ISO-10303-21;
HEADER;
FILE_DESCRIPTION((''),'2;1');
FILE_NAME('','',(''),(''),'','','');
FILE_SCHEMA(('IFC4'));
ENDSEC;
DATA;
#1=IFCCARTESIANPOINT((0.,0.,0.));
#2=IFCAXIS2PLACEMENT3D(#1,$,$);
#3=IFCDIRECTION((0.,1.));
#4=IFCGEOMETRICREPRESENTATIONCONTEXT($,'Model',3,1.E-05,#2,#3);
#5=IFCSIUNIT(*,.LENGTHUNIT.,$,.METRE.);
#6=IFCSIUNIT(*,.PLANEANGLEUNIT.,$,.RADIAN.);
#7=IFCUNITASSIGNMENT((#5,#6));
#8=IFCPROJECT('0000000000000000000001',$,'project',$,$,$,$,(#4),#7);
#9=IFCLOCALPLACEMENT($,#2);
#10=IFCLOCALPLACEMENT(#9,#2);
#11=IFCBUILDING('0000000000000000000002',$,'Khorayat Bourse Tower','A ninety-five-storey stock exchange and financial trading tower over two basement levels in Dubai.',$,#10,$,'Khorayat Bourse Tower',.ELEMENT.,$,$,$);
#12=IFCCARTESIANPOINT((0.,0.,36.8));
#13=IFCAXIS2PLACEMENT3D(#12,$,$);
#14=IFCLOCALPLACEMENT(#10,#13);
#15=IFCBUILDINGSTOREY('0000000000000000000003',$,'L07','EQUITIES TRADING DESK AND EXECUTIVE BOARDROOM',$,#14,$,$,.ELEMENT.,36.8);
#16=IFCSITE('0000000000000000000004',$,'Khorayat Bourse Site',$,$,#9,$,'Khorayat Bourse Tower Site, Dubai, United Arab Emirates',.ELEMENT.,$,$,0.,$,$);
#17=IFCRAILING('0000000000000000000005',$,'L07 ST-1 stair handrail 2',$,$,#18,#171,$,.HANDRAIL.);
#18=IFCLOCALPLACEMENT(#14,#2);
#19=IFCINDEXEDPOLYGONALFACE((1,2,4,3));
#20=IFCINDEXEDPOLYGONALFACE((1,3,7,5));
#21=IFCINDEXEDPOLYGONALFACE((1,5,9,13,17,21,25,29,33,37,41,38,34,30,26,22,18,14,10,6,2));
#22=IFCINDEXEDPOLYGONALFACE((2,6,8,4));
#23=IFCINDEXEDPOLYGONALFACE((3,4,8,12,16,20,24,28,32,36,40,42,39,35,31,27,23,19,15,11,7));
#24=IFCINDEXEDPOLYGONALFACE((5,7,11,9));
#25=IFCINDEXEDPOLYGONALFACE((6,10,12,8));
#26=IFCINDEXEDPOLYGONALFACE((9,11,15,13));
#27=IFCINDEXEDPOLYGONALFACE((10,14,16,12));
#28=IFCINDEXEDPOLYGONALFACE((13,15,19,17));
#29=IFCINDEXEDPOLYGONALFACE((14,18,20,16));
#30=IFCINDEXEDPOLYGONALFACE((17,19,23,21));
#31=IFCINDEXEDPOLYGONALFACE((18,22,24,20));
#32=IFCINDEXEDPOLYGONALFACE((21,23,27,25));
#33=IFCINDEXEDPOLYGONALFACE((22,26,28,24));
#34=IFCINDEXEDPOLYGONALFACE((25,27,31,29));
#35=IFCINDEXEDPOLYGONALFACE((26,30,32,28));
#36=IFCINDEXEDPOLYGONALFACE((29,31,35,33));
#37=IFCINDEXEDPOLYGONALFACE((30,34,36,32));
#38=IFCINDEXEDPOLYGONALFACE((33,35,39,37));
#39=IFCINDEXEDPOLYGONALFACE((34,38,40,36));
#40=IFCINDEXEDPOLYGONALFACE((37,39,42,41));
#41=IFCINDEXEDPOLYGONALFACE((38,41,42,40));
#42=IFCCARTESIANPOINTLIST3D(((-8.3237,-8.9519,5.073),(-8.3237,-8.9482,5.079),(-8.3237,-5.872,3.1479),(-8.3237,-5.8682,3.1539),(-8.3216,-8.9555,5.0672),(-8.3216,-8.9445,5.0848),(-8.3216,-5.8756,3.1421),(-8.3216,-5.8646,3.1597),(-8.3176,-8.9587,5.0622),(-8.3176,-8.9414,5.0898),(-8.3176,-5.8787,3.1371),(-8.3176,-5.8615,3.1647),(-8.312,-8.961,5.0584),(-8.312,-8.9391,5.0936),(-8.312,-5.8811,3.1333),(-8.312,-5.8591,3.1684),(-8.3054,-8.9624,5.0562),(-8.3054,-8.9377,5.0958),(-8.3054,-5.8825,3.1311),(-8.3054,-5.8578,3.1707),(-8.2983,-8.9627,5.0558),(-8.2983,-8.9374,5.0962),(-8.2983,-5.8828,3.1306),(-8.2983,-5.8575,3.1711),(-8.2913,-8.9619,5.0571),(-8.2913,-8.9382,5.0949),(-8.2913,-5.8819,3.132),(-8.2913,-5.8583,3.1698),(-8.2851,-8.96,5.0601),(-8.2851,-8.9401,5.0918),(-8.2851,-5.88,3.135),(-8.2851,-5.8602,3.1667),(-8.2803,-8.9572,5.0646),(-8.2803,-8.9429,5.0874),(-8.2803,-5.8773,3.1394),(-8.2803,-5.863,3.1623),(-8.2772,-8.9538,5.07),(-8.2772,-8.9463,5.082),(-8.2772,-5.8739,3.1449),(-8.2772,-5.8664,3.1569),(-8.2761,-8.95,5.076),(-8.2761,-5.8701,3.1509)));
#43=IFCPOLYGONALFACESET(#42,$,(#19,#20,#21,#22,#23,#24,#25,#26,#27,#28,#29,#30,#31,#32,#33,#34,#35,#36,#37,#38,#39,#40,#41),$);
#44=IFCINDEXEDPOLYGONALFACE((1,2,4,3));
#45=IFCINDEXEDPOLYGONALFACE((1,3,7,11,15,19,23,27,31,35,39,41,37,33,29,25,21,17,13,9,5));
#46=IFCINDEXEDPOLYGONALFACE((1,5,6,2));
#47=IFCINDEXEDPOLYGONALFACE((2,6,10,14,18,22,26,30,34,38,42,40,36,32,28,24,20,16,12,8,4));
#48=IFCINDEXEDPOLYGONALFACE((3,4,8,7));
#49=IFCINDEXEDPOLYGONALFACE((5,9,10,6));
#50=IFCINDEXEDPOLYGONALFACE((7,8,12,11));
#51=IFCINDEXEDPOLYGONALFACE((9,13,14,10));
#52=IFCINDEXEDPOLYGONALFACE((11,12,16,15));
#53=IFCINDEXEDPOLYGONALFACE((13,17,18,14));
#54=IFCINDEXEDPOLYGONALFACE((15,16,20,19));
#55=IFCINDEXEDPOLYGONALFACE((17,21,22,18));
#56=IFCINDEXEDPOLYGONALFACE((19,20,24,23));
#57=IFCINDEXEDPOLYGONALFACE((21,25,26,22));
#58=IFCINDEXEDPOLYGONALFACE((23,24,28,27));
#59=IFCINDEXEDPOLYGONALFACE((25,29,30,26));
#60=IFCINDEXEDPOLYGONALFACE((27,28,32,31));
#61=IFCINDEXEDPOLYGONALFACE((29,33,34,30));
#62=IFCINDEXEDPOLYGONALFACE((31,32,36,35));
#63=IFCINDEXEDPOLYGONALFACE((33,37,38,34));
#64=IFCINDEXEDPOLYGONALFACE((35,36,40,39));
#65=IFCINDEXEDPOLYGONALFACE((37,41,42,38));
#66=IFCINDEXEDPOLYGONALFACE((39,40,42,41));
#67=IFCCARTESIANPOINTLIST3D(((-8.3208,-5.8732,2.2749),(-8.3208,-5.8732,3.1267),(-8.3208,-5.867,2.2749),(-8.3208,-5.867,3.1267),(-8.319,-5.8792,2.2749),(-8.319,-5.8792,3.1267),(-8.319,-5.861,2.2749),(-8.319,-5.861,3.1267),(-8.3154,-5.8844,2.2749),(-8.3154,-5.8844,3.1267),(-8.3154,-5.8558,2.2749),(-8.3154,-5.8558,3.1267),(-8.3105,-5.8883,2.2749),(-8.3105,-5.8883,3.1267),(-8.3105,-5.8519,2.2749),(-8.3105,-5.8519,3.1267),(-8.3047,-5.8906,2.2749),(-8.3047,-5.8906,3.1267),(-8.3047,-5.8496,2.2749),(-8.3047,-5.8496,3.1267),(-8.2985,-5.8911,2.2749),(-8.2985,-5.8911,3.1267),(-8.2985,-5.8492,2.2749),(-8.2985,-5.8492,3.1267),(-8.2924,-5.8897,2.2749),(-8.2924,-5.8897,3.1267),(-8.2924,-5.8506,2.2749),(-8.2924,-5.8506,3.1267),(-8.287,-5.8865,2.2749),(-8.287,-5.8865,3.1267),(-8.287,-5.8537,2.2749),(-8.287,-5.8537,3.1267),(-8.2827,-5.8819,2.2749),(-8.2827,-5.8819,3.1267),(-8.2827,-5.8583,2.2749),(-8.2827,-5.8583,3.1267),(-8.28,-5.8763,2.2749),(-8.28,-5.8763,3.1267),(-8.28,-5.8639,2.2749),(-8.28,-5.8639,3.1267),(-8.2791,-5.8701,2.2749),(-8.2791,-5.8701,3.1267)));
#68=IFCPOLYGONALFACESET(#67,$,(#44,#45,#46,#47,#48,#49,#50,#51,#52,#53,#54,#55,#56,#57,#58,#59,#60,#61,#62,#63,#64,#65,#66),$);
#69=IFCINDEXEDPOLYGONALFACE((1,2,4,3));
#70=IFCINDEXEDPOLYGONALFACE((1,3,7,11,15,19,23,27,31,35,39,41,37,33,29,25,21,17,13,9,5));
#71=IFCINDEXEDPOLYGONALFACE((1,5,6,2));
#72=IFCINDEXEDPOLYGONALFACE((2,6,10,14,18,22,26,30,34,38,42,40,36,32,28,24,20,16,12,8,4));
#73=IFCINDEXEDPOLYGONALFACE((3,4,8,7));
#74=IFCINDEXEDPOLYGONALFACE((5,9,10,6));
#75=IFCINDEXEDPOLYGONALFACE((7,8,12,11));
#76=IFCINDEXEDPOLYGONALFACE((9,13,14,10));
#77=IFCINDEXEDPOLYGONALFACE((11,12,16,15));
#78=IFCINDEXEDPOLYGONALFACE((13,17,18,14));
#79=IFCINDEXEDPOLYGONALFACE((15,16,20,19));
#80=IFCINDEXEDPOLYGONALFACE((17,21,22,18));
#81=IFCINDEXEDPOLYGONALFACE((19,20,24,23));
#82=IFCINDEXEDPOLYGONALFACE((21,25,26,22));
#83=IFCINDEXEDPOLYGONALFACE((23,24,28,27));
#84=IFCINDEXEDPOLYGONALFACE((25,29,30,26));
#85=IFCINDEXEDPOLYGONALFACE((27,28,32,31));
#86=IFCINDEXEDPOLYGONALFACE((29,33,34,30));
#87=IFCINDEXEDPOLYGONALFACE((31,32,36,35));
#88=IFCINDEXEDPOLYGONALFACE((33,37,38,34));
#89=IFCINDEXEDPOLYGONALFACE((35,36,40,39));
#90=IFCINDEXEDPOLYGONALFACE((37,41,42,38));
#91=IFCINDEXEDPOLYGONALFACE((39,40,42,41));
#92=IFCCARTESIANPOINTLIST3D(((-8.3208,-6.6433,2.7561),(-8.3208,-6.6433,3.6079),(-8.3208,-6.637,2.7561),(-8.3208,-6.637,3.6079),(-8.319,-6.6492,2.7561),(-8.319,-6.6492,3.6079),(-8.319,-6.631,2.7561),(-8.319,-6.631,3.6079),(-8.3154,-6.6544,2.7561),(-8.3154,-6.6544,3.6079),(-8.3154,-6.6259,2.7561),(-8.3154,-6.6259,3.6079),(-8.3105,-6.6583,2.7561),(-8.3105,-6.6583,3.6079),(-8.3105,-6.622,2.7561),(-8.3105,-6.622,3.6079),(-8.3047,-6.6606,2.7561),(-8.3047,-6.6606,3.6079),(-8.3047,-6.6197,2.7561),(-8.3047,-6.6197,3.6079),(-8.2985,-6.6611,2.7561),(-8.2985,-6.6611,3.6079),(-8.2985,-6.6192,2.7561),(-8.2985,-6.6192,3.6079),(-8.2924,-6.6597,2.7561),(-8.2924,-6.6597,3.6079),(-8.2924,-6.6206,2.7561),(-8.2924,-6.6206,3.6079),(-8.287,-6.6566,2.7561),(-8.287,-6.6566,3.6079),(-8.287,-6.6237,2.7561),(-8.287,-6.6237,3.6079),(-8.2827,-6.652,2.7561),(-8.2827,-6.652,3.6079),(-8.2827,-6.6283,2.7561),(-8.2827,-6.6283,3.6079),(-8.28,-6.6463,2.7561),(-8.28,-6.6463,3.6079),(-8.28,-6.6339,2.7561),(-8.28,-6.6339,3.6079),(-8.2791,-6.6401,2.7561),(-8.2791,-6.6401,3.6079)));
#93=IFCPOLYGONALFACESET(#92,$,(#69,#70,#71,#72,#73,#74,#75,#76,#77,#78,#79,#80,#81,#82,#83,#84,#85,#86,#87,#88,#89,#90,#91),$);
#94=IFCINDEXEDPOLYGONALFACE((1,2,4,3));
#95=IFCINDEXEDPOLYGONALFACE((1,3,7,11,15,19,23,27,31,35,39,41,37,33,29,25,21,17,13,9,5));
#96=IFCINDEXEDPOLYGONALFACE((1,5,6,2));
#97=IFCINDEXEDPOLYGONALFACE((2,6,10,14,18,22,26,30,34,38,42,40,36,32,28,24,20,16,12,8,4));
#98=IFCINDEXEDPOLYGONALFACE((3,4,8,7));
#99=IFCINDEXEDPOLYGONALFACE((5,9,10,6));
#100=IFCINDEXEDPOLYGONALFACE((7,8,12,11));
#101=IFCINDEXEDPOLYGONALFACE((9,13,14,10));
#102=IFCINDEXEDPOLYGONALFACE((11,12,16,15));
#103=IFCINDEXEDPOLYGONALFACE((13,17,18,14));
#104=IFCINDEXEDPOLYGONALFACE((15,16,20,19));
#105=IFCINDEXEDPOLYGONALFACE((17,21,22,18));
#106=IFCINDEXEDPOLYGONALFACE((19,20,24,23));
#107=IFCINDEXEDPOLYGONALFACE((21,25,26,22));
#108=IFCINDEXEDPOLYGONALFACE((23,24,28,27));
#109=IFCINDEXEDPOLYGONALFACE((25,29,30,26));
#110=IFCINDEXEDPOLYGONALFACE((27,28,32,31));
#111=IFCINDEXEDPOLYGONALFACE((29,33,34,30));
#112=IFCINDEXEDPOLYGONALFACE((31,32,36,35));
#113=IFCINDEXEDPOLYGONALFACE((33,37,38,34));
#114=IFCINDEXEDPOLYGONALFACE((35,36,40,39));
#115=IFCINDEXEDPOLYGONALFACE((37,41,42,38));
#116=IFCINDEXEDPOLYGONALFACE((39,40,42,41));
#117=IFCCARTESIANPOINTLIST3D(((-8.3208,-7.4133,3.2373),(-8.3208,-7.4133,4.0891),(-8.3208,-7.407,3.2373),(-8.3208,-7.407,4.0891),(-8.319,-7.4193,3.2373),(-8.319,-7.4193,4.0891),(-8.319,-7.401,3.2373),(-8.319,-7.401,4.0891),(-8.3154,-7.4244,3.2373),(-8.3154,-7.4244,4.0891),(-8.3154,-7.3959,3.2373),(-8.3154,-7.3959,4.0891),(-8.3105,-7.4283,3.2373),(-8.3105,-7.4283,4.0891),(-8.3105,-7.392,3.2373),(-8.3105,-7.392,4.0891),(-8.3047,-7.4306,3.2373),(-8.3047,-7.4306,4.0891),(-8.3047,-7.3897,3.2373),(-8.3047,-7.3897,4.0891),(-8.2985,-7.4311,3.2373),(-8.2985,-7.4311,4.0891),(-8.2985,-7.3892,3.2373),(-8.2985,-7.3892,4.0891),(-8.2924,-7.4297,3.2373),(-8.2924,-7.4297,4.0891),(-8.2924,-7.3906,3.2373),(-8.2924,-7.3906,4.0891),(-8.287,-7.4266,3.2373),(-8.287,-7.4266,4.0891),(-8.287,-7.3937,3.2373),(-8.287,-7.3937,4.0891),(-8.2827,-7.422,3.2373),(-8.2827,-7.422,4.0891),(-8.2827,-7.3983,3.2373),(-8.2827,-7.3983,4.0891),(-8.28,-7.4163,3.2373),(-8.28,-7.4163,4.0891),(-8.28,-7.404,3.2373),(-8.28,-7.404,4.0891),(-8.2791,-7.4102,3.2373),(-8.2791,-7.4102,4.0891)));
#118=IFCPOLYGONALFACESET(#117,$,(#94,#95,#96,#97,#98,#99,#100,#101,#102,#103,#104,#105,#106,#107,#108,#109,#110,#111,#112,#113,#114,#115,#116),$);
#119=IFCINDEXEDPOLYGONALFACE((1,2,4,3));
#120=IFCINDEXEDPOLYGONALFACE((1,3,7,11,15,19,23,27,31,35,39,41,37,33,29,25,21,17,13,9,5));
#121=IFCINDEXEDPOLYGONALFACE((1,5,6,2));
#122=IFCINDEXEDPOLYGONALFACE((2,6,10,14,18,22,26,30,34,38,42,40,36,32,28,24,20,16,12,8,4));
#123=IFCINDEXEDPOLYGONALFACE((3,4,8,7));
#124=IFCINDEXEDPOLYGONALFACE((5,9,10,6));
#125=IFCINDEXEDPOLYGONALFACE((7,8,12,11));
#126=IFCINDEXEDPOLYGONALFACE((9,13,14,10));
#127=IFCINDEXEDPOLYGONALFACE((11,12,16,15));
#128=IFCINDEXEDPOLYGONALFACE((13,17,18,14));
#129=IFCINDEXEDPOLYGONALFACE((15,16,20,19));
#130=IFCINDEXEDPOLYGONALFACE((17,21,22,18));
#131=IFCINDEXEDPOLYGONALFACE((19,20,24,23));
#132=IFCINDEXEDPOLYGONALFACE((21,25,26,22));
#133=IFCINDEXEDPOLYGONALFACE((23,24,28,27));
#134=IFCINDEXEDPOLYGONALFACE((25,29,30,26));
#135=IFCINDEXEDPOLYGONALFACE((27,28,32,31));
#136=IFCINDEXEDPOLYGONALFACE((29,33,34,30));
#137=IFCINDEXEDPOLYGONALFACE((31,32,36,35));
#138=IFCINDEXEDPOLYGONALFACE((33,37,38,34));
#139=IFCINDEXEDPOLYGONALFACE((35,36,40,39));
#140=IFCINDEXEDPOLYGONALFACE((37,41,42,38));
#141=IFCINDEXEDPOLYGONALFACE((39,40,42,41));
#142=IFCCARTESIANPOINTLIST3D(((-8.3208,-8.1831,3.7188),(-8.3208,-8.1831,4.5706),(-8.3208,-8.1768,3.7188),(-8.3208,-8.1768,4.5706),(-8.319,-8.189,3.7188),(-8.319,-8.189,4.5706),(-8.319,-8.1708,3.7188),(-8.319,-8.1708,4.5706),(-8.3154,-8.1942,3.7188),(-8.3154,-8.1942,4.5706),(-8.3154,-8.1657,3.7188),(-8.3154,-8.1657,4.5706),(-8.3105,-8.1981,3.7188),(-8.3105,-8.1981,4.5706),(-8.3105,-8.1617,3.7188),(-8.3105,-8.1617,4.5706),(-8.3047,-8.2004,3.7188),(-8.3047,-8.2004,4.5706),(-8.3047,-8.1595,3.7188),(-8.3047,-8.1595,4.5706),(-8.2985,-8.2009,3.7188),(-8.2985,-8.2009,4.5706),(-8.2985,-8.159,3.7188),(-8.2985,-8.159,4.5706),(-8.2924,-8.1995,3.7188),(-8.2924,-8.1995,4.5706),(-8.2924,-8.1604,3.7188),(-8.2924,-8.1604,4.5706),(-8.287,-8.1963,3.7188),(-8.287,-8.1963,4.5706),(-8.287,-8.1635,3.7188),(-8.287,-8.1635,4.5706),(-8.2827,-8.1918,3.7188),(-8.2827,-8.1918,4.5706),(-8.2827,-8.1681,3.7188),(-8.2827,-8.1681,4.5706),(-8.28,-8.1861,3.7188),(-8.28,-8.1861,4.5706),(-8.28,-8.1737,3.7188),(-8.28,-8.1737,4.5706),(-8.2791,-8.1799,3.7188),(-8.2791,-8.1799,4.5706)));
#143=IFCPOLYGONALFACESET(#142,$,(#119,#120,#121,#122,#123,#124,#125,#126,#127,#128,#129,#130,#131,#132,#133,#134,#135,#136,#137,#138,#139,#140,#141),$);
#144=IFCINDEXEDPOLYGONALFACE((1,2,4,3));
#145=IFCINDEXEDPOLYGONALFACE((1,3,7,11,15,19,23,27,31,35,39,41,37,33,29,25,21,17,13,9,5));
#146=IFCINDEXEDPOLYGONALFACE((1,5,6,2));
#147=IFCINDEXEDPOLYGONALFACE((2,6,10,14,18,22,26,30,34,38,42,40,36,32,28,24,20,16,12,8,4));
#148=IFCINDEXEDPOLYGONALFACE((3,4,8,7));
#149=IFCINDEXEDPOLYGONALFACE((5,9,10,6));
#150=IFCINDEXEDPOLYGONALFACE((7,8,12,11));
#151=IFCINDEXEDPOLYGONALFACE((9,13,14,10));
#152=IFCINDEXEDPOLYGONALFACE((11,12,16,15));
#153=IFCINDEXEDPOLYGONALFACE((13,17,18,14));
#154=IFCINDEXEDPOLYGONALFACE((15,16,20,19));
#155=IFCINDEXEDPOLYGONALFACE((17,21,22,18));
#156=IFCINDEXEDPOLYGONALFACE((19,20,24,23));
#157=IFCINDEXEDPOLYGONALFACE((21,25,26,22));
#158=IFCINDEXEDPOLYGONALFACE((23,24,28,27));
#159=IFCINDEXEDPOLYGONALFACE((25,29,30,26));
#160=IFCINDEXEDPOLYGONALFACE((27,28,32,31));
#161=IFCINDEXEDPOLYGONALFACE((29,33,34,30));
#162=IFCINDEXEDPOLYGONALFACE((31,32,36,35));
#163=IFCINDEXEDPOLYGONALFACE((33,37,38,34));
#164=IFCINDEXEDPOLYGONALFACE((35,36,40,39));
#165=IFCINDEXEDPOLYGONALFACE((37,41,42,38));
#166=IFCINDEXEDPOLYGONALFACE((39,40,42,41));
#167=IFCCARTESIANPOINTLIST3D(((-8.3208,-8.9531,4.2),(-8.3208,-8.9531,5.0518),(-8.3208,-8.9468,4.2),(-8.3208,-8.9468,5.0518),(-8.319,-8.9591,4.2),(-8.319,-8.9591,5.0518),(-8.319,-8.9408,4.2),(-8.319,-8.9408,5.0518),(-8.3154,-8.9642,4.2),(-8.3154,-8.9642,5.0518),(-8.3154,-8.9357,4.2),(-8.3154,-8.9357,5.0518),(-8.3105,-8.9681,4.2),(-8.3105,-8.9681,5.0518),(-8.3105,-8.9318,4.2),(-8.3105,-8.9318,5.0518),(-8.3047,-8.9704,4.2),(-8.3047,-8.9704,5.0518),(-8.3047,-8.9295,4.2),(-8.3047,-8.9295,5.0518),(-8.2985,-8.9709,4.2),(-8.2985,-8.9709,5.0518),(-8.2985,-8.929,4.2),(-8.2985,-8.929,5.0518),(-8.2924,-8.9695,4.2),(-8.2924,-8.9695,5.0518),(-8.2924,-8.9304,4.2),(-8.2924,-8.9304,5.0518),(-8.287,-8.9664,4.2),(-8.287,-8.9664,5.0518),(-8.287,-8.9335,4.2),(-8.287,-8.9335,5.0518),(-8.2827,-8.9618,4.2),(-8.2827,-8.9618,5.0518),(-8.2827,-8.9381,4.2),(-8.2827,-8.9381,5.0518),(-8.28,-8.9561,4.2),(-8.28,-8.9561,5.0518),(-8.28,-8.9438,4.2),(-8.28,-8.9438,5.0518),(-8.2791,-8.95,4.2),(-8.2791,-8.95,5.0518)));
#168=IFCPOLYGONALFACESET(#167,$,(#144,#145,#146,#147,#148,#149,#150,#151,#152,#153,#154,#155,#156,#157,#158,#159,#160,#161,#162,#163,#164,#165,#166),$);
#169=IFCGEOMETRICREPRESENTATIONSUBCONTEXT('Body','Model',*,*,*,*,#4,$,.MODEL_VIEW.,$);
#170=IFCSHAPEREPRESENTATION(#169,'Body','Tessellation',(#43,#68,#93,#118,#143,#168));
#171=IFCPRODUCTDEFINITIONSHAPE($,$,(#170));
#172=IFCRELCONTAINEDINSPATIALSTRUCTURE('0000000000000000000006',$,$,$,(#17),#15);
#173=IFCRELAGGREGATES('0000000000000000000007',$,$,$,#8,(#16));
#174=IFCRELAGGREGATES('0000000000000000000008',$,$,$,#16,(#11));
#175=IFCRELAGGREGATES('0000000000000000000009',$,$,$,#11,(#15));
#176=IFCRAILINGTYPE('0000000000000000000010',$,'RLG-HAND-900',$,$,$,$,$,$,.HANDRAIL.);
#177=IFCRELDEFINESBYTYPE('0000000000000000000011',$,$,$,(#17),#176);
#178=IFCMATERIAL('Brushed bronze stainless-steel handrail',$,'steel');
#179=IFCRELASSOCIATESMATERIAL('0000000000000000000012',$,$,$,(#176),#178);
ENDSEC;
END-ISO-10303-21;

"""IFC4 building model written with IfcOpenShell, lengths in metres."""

from ifc_helpers import new_model, si_unit, direction, frame, origin, origin_2d, place, context, subcontext, project, spatial, circle, extrude, source, transform, mapped, material, type_object, element, save


model = new_model("IFC4")

# Units and contexts
model_context = context("Model", 3, precision=1e-05, world=origin(), true_north=direction((0.0, 1.0)))
body_context = subcontext(model_context, "Body", "Model", "MODEL_VIEW")
ifc_project = project(units=[si_unit("LENGTHUNIT", "METRE"), si_unit("PLANEANGLEUNIT", "RADIAN")], contexts=[model_context])

# Site, building, storey
site_placement = place(None, origin())
site = spatial("IfcSite", under=ifc_project, at=site_placement, Name="Khorayat Bourse Site", LongName="Khorayat Bourse Tower Site, Dubai, United Arab Emirates", CompositionType="ELEMENT", RefElevation=0.0)
building_placement = place(site_placement, origin())
building = spatial("IfcBuilding", under=site, at=building_placement, Name="Khorayat Bourse Tower", Description="A ninety-five-storey stock exchange and financial trading tower over two basement levels in Dubai.", LongName="Khorayat Bourse Tower", CompositionType="ELEMENT")
storey_placement = place(building_placement, frame((0.0, 0.0, 36.8)))
storey = spatial("IfcBuildingStorey", under=building, at=storey_placement, Name="L07", Description="EQUITIES TRADING DESK AND EXECUTIVE BOARDROOM", CompositionType="ELEMENT", Elevation=36.8)

# Railing
ifc_material_1 = material(Name="Brushed bronze stainless-steel handrail", Category="steel")
railing_type_1 = type_object("IfcRailingType", Name="RLG-HAND-900", PredefinedType="HANDRAIL", material=ifc_material_1)
shared_shape_1 = source(origin(), body_context, "Body", "SweptSolid", [
    extrude(circle(Radius=0.0239, at=origin_2d()), frame((0.0, 0.0, 0.876), z_axis=(0.0, -0.847979, 0.530029), x_axis=(1.0, 0.0, 0.0)), (0.0, 0.0, 1.0), 3.6321),
    extrude(circle(Radius=0.021, at=origin_2d()), origin(), (0.0, 0.0, 1.0), 0.8518),
    extrude(circle(Radius=0.021, at=origin_2d()), frame((0.0, -0.77, 0.4812)), (0.0, 0.0, 1.0), 0.8518),
    extrude(circle(Radius=0.021, at=origin_2d()), frame((0.0, -1.54, 0.9624)), (0.0, 0.0, 1.0), 0.8518),
    extrude(circle(Radius=0.021, at=origin_2d()), frame((0.0, -2.3098, 1.4438)), (0.0, 0.0, 1.0), 0.8518),
    extrude(circle(Radius=0.021, at=origin_2d()), frame((0.0, -3.0798, 1.925)), (0.0, 0.0, 1.0), 0.8518),
])
railing_1_placement = place(storey_placement, frame((-8.3, -5.8701, 2.2749)))
element("IfcRailing", 1, at=railing_1_placement, inside=storey, type_object=railing_type_1, Name="L07 ST-1 stair handrail 2", PredefinedType="HANDRAIL", context=body_context, shape_type="MappedRepresentation", body=[
    mapped(shared_shape_1, transform((0.0, 0.0, 0.0), scale=1.0)),
])

save(model, "model.ifc")
